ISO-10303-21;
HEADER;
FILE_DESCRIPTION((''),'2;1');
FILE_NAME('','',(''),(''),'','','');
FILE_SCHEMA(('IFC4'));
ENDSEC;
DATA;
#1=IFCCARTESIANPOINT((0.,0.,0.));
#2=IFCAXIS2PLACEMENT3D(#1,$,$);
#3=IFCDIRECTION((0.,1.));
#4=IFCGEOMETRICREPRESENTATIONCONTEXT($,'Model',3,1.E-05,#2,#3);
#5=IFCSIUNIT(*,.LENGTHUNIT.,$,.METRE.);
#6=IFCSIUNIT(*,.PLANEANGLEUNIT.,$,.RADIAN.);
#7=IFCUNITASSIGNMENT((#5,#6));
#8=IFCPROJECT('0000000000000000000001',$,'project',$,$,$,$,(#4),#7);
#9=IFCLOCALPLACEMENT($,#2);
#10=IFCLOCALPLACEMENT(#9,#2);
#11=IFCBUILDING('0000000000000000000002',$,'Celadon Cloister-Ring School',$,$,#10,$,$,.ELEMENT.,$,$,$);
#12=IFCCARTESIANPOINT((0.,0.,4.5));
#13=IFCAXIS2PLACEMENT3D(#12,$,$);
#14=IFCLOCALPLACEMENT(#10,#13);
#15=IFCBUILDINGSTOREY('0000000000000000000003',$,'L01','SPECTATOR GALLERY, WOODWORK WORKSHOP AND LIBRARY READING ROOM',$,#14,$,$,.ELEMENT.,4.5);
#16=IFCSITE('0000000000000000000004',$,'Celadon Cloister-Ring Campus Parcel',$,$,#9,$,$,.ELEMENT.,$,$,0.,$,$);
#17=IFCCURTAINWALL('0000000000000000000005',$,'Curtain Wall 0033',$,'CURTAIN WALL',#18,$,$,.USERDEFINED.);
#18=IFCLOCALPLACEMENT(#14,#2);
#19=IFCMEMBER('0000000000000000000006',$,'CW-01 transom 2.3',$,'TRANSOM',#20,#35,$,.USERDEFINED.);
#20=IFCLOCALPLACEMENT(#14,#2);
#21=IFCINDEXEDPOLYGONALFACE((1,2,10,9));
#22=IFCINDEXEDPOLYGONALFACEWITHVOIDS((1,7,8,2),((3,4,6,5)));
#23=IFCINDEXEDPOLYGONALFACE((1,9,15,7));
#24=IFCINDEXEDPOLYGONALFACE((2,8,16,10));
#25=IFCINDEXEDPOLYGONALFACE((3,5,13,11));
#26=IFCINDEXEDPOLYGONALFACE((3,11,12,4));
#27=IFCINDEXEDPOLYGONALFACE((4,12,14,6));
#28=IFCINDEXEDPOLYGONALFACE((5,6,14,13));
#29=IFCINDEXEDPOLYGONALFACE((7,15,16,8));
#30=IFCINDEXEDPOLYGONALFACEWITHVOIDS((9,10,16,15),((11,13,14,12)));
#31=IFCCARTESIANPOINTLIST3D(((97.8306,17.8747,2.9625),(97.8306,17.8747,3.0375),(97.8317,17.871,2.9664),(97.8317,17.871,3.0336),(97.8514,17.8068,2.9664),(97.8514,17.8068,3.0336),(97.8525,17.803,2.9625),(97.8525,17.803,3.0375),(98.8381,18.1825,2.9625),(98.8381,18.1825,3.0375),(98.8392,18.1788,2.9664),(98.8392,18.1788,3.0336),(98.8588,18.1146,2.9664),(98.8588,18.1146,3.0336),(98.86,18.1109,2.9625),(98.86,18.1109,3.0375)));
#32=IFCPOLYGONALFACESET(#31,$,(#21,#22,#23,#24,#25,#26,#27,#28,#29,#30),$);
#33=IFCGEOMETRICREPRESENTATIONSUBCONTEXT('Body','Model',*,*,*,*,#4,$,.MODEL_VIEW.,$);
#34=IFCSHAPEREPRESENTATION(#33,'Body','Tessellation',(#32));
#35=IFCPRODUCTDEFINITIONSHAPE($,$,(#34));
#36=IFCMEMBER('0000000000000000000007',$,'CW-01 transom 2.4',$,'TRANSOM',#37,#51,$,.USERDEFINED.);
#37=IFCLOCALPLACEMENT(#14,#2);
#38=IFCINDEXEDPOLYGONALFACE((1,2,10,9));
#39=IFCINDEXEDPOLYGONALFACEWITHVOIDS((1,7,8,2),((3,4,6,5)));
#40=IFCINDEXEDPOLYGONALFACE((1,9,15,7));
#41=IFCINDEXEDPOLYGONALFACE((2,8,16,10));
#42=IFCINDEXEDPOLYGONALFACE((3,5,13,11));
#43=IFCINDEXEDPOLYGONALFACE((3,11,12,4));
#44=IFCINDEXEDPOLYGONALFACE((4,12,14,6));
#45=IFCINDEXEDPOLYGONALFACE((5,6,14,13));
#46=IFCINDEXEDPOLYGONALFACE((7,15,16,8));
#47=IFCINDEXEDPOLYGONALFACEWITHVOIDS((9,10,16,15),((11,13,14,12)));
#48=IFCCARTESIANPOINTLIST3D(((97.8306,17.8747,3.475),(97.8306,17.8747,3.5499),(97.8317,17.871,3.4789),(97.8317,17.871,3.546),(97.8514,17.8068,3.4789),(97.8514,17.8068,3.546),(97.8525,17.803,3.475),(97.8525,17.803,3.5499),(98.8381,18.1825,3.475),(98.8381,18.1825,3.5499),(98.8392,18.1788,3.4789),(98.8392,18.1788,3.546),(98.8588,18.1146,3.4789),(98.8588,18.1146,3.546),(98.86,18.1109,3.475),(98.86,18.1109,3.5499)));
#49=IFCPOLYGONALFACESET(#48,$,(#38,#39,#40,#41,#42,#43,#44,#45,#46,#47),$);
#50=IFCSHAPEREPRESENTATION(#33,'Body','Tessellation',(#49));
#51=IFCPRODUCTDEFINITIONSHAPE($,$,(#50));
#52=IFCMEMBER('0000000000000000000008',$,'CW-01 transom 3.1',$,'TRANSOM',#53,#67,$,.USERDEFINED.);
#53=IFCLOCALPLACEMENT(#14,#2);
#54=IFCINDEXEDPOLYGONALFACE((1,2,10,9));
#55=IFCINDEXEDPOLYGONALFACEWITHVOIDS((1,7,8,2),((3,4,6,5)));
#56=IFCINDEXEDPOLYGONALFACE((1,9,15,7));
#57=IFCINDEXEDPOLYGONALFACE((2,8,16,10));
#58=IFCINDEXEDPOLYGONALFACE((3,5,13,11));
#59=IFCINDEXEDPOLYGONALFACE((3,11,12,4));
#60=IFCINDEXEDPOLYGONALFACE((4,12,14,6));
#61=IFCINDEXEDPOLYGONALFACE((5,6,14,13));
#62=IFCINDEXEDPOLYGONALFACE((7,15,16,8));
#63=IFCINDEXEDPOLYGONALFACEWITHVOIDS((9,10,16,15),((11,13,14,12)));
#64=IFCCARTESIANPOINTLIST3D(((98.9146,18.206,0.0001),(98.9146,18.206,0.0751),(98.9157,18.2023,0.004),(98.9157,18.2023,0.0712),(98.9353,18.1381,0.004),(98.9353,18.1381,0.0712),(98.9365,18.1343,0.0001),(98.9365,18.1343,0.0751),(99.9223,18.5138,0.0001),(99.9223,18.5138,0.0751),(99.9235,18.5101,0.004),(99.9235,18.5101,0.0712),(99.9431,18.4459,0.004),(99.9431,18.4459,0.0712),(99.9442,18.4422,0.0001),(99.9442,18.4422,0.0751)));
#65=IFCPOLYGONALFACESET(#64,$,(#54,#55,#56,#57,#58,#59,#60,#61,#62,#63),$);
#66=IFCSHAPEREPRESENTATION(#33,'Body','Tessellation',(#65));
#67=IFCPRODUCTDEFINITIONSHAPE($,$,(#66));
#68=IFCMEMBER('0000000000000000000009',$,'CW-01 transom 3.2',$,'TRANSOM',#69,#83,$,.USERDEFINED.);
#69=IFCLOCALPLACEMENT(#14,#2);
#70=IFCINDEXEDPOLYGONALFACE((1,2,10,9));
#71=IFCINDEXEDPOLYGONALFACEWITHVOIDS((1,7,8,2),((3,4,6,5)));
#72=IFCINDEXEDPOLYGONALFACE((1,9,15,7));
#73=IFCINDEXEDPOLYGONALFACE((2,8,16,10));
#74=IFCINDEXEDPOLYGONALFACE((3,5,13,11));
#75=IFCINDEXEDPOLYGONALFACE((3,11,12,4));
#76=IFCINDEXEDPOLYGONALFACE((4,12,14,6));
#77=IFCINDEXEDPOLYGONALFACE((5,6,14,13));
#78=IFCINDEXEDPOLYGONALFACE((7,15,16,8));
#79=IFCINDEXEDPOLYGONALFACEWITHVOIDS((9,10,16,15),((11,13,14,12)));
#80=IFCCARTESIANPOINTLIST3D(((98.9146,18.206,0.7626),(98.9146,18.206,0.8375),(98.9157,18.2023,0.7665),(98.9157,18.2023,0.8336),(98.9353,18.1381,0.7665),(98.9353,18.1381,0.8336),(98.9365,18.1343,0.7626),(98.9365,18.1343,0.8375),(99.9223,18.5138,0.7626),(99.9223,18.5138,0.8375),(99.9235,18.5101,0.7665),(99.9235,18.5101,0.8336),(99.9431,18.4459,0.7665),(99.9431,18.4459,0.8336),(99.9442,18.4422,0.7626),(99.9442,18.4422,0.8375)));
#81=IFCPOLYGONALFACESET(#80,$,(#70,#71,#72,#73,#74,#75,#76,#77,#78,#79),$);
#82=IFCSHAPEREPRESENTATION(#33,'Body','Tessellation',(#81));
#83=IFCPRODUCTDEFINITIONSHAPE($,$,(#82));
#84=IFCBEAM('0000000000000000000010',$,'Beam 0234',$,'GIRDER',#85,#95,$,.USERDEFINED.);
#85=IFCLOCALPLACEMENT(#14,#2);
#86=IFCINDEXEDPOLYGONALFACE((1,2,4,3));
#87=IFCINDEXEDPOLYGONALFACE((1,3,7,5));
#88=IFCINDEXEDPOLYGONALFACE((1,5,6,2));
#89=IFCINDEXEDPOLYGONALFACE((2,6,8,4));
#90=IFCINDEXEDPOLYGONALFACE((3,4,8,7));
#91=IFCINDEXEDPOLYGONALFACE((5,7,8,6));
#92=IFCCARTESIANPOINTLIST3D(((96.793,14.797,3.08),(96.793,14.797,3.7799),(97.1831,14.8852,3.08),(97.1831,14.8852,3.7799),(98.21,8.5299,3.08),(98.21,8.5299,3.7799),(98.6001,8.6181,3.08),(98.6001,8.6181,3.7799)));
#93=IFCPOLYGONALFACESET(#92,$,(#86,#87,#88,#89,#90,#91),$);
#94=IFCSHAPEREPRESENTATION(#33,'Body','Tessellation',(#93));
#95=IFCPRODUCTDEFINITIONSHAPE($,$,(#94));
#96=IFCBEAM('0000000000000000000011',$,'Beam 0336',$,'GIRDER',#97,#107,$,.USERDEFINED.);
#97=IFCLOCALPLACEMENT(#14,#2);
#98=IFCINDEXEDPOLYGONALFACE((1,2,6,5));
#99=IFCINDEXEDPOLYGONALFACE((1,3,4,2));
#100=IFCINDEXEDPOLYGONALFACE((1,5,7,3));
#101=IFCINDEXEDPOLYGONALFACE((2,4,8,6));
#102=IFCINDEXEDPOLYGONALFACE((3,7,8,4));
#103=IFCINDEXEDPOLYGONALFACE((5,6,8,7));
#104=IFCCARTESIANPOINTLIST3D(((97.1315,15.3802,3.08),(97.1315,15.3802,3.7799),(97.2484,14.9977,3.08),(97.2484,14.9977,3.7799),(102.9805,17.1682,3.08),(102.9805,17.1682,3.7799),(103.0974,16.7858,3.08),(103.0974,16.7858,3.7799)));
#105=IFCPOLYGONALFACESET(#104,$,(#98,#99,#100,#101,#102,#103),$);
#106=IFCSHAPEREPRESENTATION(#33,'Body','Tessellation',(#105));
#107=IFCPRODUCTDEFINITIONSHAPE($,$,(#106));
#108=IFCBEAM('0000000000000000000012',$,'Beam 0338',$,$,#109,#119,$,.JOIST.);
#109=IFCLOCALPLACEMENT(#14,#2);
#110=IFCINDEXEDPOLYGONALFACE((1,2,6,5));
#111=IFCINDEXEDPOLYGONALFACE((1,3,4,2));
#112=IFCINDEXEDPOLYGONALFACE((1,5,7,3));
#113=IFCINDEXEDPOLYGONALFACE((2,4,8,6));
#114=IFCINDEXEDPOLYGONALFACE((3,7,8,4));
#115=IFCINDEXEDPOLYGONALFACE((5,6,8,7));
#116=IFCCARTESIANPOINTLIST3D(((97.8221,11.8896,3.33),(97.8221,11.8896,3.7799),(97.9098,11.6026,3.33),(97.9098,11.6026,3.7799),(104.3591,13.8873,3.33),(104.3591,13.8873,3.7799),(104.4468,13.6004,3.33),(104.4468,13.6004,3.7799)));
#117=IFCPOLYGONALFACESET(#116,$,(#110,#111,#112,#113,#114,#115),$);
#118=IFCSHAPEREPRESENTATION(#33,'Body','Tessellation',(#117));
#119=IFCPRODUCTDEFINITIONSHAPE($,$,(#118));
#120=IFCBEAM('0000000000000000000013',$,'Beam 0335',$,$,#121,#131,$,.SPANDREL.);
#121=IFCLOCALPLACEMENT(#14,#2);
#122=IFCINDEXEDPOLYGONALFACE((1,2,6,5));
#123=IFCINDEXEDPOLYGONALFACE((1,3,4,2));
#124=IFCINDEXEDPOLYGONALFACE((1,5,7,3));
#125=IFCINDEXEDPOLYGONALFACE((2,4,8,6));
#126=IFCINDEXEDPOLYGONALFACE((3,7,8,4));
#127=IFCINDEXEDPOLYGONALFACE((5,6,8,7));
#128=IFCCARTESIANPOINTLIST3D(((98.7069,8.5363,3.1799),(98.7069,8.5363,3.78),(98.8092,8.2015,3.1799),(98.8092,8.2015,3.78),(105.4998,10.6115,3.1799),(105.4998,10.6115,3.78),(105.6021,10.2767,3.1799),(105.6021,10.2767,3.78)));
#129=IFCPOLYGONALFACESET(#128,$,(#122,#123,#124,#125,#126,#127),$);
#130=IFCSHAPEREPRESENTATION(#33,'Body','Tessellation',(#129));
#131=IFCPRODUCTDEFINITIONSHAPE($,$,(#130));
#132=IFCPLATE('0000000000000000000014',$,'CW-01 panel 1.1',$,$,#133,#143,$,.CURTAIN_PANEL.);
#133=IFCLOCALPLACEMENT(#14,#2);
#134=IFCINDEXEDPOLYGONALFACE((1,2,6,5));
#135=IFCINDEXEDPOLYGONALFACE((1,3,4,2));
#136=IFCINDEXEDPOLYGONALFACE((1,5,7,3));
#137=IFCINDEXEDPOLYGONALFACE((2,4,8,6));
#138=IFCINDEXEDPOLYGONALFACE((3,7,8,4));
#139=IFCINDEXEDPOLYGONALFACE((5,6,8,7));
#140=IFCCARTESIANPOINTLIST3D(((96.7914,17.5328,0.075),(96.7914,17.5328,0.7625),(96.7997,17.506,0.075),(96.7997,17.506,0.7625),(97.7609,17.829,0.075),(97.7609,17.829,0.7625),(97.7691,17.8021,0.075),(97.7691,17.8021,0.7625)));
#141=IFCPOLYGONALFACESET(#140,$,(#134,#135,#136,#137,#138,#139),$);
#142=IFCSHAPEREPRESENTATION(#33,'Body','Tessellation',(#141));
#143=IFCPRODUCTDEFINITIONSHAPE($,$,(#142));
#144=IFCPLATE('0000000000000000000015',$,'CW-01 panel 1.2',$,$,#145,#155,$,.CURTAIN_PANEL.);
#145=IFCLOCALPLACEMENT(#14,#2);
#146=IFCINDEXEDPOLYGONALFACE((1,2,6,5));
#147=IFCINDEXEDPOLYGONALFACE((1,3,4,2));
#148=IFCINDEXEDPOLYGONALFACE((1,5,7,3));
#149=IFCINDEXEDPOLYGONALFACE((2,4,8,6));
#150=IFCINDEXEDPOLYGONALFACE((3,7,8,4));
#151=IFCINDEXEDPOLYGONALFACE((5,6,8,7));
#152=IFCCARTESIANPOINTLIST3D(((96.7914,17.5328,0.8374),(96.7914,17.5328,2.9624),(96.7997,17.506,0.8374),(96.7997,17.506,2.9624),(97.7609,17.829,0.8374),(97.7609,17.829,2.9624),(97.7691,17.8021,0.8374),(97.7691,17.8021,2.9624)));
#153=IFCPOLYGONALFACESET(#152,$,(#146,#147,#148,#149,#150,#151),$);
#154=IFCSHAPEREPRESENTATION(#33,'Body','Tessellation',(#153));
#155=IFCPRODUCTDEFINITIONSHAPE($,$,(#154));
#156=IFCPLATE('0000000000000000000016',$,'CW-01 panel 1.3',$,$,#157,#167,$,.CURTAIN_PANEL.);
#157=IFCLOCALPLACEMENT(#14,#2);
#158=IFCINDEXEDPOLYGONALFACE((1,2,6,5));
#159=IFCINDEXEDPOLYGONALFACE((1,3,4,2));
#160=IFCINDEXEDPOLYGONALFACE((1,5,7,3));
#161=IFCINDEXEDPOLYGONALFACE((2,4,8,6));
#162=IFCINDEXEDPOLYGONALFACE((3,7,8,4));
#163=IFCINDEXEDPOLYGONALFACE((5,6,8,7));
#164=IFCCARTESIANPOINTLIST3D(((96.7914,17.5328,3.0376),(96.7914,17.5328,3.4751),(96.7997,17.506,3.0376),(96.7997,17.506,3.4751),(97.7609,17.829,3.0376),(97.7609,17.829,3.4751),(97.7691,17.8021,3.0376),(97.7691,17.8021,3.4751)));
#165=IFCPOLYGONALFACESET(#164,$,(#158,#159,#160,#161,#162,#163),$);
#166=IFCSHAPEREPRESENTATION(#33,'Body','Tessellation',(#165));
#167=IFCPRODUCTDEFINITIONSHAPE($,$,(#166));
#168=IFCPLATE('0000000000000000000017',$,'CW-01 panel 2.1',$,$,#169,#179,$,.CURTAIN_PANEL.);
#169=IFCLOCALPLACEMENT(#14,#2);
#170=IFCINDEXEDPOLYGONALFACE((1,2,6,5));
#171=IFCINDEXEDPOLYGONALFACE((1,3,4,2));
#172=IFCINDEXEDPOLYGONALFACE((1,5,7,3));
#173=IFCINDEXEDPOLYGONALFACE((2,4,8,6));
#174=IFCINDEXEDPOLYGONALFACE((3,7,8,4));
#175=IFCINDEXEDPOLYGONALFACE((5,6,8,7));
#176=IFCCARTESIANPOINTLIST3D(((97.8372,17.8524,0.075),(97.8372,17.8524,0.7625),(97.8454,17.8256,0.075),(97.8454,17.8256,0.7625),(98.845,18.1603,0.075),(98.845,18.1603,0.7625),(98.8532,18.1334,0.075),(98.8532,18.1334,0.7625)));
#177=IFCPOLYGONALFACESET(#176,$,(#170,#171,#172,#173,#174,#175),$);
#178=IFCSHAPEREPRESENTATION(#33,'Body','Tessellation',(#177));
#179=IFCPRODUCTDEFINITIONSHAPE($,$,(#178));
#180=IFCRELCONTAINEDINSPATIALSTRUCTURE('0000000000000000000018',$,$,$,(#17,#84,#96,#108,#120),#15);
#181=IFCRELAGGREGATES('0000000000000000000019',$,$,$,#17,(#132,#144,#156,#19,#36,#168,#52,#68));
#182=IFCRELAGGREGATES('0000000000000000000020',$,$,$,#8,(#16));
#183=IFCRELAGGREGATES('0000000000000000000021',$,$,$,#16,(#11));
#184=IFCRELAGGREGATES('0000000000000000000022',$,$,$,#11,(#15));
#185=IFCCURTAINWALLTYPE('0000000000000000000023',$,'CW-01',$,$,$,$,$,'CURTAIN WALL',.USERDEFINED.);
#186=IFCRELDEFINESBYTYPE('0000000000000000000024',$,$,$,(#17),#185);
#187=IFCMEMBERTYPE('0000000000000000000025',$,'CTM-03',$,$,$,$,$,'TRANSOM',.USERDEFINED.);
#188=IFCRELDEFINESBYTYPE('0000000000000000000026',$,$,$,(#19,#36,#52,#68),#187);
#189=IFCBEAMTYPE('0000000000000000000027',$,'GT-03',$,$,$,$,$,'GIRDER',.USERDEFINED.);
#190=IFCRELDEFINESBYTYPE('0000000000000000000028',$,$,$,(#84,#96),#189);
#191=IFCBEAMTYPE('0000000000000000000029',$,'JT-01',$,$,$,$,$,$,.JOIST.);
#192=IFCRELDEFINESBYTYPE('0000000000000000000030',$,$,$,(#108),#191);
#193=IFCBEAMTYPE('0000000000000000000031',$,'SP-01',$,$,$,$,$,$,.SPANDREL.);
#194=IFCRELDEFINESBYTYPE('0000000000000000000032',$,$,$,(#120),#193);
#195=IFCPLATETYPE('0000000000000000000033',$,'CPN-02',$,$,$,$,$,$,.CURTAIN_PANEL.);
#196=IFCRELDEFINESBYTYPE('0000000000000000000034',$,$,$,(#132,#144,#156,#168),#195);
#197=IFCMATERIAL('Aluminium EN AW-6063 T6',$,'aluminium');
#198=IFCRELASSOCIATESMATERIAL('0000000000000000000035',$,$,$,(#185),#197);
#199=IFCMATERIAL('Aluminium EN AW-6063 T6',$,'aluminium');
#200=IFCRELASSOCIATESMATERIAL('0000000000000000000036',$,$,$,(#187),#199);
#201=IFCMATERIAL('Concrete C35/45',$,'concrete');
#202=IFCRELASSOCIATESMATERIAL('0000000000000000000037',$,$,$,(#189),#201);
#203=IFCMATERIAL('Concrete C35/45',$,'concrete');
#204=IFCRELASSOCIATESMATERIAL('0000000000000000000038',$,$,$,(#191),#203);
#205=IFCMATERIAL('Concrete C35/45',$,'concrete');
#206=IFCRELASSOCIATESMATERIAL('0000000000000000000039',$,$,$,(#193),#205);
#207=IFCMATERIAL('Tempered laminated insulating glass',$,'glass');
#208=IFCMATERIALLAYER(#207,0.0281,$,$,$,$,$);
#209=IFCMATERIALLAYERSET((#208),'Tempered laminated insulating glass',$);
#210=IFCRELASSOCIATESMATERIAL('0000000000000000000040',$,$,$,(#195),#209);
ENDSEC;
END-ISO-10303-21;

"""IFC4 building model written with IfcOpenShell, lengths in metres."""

from ifc_helpers import new_model, si_unit, direction, frame, origin, origin_2d, place, context, subcontext, project, spatial, rectangle, hollow_rectangle, extrude, material, layer, layer_set, material_profile, profile_set, type_object, element, aggregate, save


model = new_model("IFC4")

# Units and contexts
model_context = context("Model", 3, precision=1e-05, world=origin(), true_north=direction((0.0, 1.0)))
body_context = subcontext(model_context, "Body", "Model", "MODEL_VIEW")
ifc_project = project(units=[si_unit("LENGTHUNIT", "METRE"), si_unit("PLANEANGLEUNIT", "RADIAN")], contexts=[model_context])

# Site, building, storey
site_placement = place(None, origin())
site = spatial("IfcSite", under=ifc_project, at=site_placement, Name="Celadon Cloister-Ring Campus Parcel", CompositionType="ELEMENT", RefElevation=0.0)
building_placement = place(site_placement, origin())
building = spatial("IfcBuilding", under=site, at=building_placement, Name="Celadon Cloister-Ring School", CompositionType="ELEMENT")
storey_placement = place(building_placement, frame((0.0, 0.0, 4.5)))
storey = spatial("IfcBuildingStorey", under=building, at=storey_placement, Name="L01", Description="SPECTATOR GALLERY, WOODWORK WORKSHOP AND LIBRARY READING ROOM", CompositionType="ELEMENT", Elevation=4.5)

# Curtain wall, members
ifc_material_1 = material(Name="Aluminium EN AW-6063 T6", Category="aluminium")
curtain_wall_type = type_object("IfcCurtainWallType", Name="CW-01", ElementType="CURTAIN WALL", PredefinedType="USERDEFINED", material=ifc_material_1)
curtain_wall_placement = place(storey_placement, origin())
curtain_wall = element("IfcCurtainWall", 1, at=curtain_wall_placement, inside=storey, type_object=curtain_wall_type, Name="Curtain Wall 0033", ObjectType="CURTAIN WALL", PredefinedType="USERDEFINED")
ifc_material_2 = material(Name="Aluminium EN AW-6063 T6", Category="aluminium")
ifc_material_profile_1 = material_profile(ifc_material_2, hollow_rectangle(XDim=0.075, YDim=0.075, WallThickness=0.0039, at=origin_2d()), Name="RHS75X75X4")
ifc_profile_set_1 = profile_set([ifc_material_profile_1], Name="Aluminium EN AW-6063 T6")
member_type_1 = type_object("IfcMemberType", Name="CTM-03", ElementType="TRANSOM", PredefinedType="USERDEFINED", material=ifc_profile_set_1)
member_1_placement = place(storey_placement, frame((97.8416, 17.8389, 3.0), z_axis=(0.956353, 0.292213, 0.0), x_axis=(-0.292213, 0.956353, 0.0)))
member_1 = element("IfcMember", 2, at=member_1_placement, type_object=member_type_1, Name="CW-01 transom 2.3", ObjectType="TRANSOM", PredefinedType="USERDEFINED", context=body_context, shape_type="SweptSolid", body=[
    extrude(hollow_rectangle(XDim=0.075, YDim=0.075, WallThickness=0.0039, at=origin_2d()), origin(), (0.0, 0.0, 1.0), 1.0535),
])
member_2_placement = place(storey_placement, frame((97.8416, 17.8389, 3.5125), z_axis=(0.956353, 0.292213, 0.0), x_axis=(-0.292213, 0.956353, 0.0)))
member_2 = element("IfcMember", 3, at=member_2_placement, type_object=member_type_1, Name="CW-01 transom 2.4", ObjectType="TRANSOM", PredefinedType="USERDEFINED", context=body_context, shape_type="SweptSolid", body=[
    extrude(hollow_rectangle(XDim=0.075, YDim=0.075, WallThickness=0.0039, at=origin_2d()), origin(), (0.0, 0.0, 1.0), 1.0535),
])
member_3_placement = place(storey_placement, frame((98.9255, 18.1702, 0.0376), z_axis=(0.956373, 0.292148, 0.0), x_axis=(-0.292148, 0.956373, 0.0)))
member_3 = element("IfcMember", 4, at=member_3_placement, type_object=member_type_1, Name="CW-01 transom 3.1", ObjectType="TRANSOM", PredefinedType="USERDEFINED", context=body_context, shape_type="SweptSolid", body=[
    extrude(hollow_rectangle(XDim=0.075, YDim=0.075, WallThickness=0.0039, at=origin_2d()), origin(), (0.0, 0.0, 1.0), 1.0537),
])
member_4_placement = place(storey_placement, frame((98.9255, 18.1702, 0.8), z_axis=(0.956373, 0.292148, 0.0), x_axis=(-0.292148, 0.956373, 0.0)))
member_4 = element("IfcMember", 5, at=member_4_placement, type_object=member_type_1, Name="CW-01 transom 3.2", ObjectType="TRANSOM", PredefinedType="USERDEFINED", context=body_context, shape_type="SweptSolid", body=[
    extrude(hollow_rectangle(XDim=0.075, YDim=0.075, WallThickness=0.0039, at=origin_2d()), origin(), (0.0, 0.0, 1.0), 1.0537),
])

# Beams
ifc_material_3 = material(Name="Concrete C35/45", Category="concrete")
ifc_material_profile_2 = material_profile(ifc_material_3, rectangle(XDim=0.3999, YDim=0.7, at=origin_2d()), Name="RC400X700")
ifc_profile_set_2 = profile_set([ifc_material_profile_2], Name="Concrete C35/45")
beam_type_1 = type_object("IfcBeamType", Name="GT-03", ElementType="GIRDER", PredefinedType="USERDEFINED", material=ifc_profile_set_2)
beam_1_placement = place(storey_placement, frame((98.405, 8.574, 3.4299), z_axis=(-0.220534, 0.975379, 0.0), x_axis=(-0.975379, -0.220534, 0.0)))
element("IfcBeam", 6, at=beam_1_placement, inside=storey, type_object=beam_type_1, Name="Beam 0234", ObjectType="GIRDER", PredefinedType="USERDEFINED", context=body_context, shape_type="SweptSolid", body=[
    extrude(rectangle(XDim=0.3999, YDim=0.7, at=origin_2d()), origin(), (0.0, 0.0, 1.0), 6.4253),
])
beam_2_placement = place(storey_placement, frame((97.1899, 15.189, 3.4299), z_axis=(0.956313, 0.292346, 0.0), x_axis=(-0.292346, 0.956313, 0.0)))
element("IfcBeam", 7, at=beam_2_placement, inside=storey, type_object=beam_type_1, Name="Beam 0336", ObjectType="GIRDER", PredefinedType="USERDEFINED", context=body_context, shape_type="SweptSolid", body=[
    extrude(rectangle(XDim=0.3999, YDim=0.7, at=origin_2d()), origin(), (0.0, 0.0, 1.0), 6.1162),
])
ifc_material_4 = material(Name="Concrete C35/45", Category="concrete")
ifc_material_profile_3 = material_profile(ifc_material_4, rectangle(XDim=0.3, YDim=0.45, at=origin_2d()), Name="RC300X450")
ifc_profile_set_3 = profile_set([ifc_material_profile_3], Name="Concrete C35/45")
beam_type_2 = type_object("IfcBeamType", Name="JT-01", PredefinedType="JOIST", material=ifc_profile_set_3)
beam_3_placement = place(storey_placement, frame((97.866, 11.7461, 3.5549), z_axis=(0.956337, 0.292266, 0.0), x_axis=(-0.292266, 0.956337, 0.0)))
element("IfcBeam", 8, at=beam_3_placement, inside=storey, type_object=beam_type_2, Name="Beam 0338", PredefinedType="JOIST", context=body_context, shape_type="SweptSolid", body=[
    extrude(rectangle(XDim=0.3, YDim=0.45, at=origin_2d()), origin(), (0.0, 0.0, 1.0), 6.8354),
])
ifc_material_5 = material(Name="Concrete C35/45", Category="concrete")
ifc_material_profile_4 = material_profile(ifc_material_5, rectangle(XDim=0.3501, YDim=0.6001, at=origin_2d()), Name="RC350X600")
ifc_profile_set_4 = profile_set([ifc_material_profile_4], Name="Concrete C35/45")
beam_type_3 = type_object("IfcBeamType", Name="SP-01", PredefinedType="SPANDREL", material=ifc_profile_set_4)
beam_4_placement = place(storey_placement, frame((98.7581, 8.3689, 3.48), z_axis=(0.956369, 0.292163, 0.0), x_axis=(-0.292163, 0.956369, 0.0)))
element("IfcBeam", 9, at=beam_4_placement, inside=storey, type_object=beam_type_3, Name="Beam 0335", PredefinedType="SPANDREL", context=body_context, shape_type="SweptSolid", body=[
    extrude(rectangle(XDim=0.3501, YDim=0.6001, at=origin_2d()), origin(), (0.0, 0.0, 1.0), 7.1028),
])

# Plates
ifc_material_6 = material(Name="Tempered laminated insulating glass", Category="glass")
ifc_layer_1 = layer(ifc_material_6, 0.0281)
ifc_layer_set_1 = layer_set([ifc_layer_1], Name="Tempered laminated insulating glass")
plate_type = type_object("IfcPlateType", Name="CPN-02", PredefinedType="CURTAIN_PANEL", material=ifc_layer_set_1)
plate_1_placement = place(storey_placement, frame((97.2803, 17.6675, 0.075), z_axis=(0.0, 0.0, 1.0), x_axis=(0.956372, 0.292151, 0.0)))
plate_1 = element("IfcPlate", 10, at=plate_1_placement, type_object=plate_type, Name="CW-01 panel 1.1", PredefinedType="CURTAIN_PANEL", context=body_context, shape_type="SweptSolid", body=[
    extrude(rectangle(XDim=1.0137, YDim=0.0281, at=origin_2d()), origin(), (0.0, 0.0, 1.0), 0.6875),
])
plate_2_placement = place(storey_placement, frame((97.2803, 17.6675, 0.8374), z_axis=(0.0, 0.0, 1.0), x_axis=(0.956372, 0.292151, 0.0)))
plate_2 = element("IfcPlate", 11, at=plate_2_placement, type_object=plate_type, Name="CW-01 panel 1.2", PredefinedType="CURTAIN_PANEL", context=body_context, shape_type="SweptSolid", body=[
    extrude(rectangle(XDim=1.0137, YDim=0.0281, at=origin_2d()), origin(), (0.0, 0.0, 1.0), 2.125),
])
plate_3_placement = place(storey_placement, frame((97.2803, 17.6675, 3.0376), z_axis=(0.0, 0.0, 1.0), x_axis=(0.956372, 0.292151, 0.0)))
plate_3 = element("IfcPlate", 12, at=plate_3_placement, type_object=plate_type, Name="CW-01 panel 1.3", PredefinedType="CURTAIN_PANEL", context=body_context, shape_type="SweptSolid", body=[
    extrude(rectangle(XDim=1.0137, YDim=0.0281, at=origin_2d()), origin(), (0.0, 0.0, 1.0), 0.4375),
])
plate_4_placement = place(storey_placement, frame((98.3452, 17.9929, 0.075), z_axis=(0.0, 0.0, 1.0), x_axis=(0.956372, 0.292151, 0.0)))
plate_4 = element("IfcPlate", 13, at=plate_4_placement, type_object=plate_type, Name="CW-01 panel 2.1", PredefinedType="CURTAIN_PANEL", context=body_context, shape_type="SweptSolid", body=[
    extrude(rectangle(XDim=1.0537, YDim=0.0281, at=origin_2d()), origin(), (0.0, 0.0, 1.0), 0.6875),
])
aggregate(curtain_wall, [plate_1, plate_2, plate_3, member_1, member_2, plate_4, member_3, member_4])

save(model, "model.ifc")
